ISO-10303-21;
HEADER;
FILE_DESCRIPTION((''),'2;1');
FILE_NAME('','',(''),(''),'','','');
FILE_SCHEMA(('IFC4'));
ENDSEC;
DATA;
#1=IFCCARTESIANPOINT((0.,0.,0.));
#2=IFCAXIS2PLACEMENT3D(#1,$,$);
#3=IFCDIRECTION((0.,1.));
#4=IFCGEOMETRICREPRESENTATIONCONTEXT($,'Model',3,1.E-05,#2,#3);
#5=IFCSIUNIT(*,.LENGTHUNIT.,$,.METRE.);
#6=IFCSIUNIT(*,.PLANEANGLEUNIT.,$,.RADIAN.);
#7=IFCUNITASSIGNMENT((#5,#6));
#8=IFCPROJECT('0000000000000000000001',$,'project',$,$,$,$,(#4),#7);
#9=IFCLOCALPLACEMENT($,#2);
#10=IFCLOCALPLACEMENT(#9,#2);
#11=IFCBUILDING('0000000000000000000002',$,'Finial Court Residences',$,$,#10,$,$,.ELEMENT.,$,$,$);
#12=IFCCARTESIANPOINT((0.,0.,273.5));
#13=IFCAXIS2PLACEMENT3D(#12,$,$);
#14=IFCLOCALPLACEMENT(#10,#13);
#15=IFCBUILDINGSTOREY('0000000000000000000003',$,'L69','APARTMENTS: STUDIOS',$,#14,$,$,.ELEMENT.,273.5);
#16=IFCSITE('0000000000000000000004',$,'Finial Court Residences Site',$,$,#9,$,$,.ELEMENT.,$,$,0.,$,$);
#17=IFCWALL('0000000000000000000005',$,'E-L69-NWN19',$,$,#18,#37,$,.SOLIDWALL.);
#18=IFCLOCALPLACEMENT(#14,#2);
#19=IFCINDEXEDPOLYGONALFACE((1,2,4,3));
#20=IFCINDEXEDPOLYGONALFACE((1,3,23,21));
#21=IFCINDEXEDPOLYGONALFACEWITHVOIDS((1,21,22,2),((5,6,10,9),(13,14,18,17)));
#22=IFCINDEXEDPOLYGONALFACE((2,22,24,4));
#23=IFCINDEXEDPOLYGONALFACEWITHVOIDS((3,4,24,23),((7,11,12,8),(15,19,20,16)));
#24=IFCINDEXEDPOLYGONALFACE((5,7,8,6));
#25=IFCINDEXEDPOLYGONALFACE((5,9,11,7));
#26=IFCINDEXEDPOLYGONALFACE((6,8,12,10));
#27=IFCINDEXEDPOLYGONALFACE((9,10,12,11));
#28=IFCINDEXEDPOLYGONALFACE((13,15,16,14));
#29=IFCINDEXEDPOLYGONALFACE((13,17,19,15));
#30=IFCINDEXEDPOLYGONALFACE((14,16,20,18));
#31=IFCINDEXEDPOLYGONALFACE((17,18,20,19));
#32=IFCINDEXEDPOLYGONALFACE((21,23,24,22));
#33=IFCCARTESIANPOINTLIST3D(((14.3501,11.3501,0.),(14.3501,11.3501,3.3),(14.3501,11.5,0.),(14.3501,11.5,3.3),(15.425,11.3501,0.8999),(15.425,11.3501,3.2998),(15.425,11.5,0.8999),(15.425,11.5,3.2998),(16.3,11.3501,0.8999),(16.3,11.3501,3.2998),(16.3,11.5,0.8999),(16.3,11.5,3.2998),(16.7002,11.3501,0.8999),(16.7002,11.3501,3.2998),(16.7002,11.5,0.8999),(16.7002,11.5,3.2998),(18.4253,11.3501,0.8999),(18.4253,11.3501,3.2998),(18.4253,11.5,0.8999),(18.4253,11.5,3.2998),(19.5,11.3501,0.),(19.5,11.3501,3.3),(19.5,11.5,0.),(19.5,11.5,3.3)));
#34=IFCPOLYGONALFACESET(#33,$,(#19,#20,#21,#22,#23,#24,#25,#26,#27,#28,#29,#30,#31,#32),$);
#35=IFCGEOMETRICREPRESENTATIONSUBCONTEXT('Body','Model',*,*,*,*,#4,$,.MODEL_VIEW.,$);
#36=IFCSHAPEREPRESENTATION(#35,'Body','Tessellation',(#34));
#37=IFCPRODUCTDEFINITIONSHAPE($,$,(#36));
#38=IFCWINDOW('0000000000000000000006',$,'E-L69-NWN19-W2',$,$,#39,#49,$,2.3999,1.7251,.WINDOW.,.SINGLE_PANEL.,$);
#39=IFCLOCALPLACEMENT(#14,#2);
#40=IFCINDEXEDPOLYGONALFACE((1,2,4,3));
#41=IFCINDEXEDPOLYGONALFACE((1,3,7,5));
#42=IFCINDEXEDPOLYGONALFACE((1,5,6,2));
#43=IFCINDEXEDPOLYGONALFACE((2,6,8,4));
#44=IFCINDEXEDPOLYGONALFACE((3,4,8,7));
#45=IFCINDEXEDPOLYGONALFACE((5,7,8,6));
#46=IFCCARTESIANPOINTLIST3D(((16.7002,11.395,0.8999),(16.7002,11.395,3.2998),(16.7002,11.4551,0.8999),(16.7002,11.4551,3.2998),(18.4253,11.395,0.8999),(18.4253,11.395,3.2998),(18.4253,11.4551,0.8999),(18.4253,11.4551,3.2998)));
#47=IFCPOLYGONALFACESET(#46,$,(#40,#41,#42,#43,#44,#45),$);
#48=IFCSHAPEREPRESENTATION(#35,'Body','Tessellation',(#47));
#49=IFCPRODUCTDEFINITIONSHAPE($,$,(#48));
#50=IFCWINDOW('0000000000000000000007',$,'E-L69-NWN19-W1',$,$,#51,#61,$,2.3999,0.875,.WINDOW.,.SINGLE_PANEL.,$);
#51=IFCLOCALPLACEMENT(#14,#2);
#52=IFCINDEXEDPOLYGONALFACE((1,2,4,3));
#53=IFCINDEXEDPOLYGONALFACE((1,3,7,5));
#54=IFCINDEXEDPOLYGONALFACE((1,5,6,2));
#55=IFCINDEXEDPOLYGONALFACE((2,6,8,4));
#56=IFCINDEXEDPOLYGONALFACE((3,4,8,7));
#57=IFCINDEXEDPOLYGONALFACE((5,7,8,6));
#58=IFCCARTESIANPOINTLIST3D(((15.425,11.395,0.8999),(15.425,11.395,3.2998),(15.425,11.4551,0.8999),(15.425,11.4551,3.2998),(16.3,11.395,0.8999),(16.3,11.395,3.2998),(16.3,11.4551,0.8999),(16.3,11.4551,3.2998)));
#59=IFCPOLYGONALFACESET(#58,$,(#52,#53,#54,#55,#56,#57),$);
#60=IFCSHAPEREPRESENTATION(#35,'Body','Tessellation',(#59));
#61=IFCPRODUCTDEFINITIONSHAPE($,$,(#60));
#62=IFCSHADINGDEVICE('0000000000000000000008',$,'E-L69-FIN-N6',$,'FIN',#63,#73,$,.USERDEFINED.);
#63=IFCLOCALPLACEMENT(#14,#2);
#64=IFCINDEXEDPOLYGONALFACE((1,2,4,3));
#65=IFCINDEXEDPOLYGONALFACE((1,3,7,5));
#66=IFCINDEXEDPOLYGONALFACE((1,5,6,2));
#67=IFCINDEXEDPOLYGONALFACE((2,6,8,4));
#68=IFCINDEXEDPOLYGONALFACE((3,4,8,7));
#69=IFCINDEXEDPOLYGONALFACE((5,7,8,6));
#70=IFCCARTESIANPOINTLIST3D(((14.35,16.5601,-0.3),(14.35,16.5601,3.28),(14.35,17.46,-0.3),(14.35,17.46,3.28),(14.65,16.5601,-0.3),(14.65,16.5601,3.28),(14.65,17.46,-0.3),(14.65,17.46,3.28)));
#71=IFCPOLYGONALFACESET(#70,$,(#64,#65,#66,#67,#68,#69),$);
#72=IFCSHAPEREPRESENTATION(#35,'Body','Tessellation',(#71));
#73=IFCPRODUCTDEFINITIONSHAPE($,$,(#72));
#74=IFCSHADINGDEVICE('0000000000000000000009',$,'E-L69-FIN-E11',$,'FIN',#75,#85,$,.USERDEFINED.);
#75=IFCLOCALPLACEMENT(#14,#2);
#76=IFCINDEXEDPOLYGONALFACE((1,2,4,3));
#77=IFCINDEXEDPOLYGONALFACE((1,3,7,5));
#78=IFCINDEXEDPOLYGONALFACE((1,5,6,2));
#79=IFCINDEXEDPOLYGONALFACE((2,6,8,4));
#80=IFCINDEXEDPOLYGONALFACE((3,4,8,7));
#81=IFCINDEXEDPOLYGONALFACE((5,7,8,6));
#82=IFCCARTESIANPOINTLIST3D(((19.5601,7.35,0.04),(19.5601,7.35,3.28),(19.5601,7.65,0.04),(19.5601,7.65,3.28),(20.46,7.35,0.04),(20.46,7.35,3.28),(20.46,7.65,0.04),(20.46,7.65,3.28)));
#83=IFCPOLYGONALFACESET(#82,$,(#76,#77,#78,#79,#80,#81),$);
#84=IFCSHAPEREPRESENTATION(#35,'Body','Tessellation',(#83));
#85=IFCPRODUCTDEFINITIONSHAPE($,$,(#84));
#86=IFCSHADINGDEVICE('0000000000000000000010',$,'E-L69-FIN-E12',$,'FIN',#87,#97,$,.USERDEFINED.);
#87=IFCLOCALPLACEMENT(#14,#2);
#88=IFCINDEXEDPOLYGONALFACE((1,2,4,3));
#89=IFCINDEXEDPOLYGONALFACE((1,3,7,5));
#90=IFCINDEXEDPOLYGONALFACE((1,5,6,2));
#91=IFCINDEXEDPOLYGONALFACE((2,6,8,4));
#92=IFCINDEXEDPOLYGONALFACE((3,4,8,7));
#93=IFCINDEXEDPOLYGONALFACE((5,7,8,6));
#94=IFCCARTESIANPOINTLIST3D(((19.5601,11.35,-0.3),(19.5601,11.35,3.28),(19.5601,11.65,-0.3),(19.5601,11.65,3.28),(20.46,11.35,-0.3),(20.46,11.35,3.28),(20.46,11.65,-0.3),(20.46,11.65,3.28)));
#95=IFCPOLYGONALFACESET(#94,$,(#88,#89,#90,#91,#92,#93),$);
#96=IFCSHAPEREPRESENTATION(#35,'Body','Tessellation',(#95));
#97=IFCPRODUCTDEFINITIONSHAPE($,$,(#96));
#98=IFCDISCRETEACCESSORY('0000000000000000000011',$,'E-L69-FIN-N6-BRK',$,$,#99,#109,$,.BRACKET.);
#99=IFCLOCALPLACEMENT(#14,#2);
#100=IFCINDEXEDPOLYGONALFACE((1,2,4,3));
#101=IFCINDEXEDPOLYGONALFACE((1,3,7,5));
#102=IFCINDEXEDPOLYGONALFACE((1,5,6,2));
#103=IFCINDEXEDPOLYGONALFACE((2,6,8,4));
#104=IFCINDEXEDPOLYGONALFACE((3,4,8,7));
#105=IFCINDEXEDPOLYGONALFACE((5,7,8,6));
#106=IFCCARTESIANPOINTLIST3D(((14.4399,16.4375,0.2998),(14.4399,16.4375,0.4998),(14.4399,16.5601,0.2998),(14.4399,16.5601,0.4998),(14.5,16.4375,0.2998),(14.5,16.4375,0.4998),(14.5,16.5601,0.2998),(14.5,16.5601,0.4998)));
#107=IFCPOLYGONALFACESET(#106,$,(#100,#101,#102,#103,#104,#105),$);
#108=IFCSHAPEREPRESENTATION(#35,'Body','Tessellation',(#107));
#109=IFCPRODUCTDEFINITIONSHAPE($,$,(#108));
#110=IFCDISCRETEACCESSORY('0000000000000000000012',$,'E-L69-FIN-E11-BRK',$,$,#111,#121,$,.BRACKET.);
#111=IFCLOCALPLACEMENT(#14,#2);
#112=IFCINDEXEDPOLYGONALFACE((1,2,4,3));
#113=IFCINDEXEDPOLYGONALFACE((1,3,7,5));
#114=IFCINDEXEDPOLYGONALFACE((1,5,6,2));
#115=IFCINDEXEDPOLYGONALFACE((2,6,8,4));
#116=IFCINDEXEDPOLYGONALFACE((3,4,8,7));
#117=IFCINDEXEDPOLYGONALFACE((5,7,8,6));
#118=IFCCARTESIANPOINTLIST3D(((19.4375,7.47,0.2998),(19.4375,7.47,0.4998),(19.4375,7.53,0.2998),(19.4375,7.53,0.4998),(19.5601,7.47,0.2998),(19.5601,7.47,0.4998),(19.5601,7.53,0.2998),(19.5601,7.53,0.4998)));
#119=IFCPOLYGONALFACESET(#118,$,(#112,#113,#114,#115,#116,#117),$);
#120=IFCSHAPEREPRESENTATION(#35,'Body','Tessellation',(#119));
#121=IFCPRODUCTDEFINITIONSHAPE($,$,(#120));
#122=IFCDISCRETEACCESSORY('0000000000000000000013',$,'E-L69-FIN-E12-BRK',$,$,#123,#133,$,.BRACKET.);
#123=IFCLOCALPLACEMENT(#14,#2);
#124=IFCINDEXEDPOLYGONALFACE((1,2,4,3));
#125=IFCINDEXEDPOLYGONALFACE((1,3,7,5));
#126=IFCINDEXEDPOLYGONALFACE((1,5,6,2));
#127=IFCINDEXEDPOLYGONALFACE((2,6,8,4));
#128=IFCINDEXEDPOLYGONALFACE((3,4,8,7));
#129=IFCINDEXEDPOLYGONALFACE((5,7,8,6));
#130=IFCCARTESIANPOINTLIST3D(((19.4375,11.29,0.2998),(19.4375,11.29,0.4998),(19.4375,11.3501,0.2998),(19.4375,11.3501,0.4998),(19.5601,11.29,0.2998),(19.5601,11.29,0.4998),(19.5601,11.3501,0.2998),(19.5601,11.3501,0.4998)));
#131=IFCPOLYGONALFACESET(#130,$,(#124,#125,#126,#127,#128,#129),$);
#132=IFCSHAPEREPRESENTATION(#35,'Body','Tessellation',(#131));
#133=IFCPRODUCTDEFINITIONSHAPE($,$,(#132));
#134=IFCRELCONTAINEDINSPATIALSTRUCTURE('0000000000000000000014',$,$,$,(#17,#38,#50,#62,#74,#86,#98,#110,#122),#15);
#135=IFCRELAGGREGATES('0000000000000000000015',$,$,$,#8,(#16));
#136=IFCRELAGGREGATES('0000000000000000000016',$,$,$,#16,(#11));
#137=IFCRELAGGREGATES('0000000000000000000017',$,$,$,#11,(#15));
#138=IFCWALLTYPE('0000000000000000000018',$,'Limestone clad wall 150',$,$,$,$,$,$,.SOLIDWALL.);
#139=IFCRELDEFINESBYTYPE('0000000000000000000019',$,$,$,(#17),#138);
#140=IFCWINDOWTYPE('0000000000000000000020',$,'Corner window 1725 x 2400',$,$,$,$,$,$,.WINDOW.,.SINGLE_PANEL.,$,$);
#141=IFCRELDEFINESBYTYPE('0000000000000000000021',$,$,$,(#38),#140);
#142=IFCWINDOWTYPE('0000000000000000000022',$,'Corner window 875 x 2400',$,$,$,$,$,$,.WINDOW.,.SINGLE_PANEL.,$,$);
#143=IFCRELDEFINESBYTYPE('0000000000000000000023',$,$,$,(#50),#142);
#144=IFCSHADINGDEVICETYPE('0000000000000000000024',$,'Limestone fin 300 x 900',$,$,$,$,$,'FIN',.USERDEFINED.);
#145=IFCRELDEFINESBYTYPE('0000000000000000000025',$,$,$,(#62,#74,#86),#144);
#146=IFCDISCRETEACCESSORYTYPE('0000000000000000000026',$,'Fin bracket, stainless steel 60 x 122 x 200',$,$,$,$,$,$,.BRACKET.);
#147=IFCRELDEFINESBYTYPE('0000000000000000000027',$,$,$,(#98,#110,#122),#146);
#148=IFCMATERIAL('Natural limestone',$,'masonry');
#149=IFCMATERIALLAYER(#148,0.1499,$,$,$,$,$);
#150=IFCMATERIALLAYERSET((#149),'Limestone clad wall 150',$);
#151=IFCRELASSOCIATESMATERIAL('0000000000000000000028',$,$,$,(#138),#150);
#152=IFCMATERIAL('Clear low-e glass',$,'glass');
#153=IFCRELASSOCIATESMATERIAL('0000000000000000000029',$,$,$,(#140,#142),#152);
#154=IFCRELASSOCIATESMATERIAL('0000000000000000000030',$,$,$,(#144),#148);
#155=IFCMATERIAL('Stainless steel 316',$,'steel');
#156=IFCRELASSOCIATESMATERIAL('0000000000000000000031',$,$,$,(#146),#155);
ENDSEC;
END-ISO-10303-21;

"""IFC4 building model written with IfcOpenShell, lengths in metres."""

from ifc_helpers import new_model, si_unit, direction, frame, frame_2d, origin, origin_2d, place, context, subcontext, project, spatial, rectangle, extrude, material, layer, layer_set, type_object, element, fill, save


model = new_model("IFC4")

# Units and contexts
model_context = context("Model", 3, precision=1e-05, world=origin(), true_north=direction((0.0, 1.0)))
body_context = subcontext(model_context, "Body", "Model", "MODEL_VIEW")
ifc_project = project(units=[si_unit("LENGTHUNIT", "METRE"), si_unit("PLANEANGLEUNIT", "RADIAN")], contexts=[model_context])

# Site, building, storey
site_placement = place(None, origin())
site = spatial("IfcSite", under=ifc_project, at=site_placement, Name="Finial Court Residences Site", CompositionType="ELEMENT", RefElevation=0.0)
building_placement = place(site_placement, origin())
building = spatial("IfcBuilding", under=site, at=building_placement, Name="Finial Court Residences", CompositionType="ELEMENT")
storey_placement = place(building_placement, frame((0.0, 0.0, 273.5)))
storey = spatial("IfcBuildingStorey", under=building, at=storey_placement, Name="L69", Description="APARTMENTS: STUDIOS", CompositionType="ELEMENT", Elevation=273.5)

# Shared definitions
ifc_material_1 = material(Name="Clear low-e glass", Category="glass")

# Shared definitions
ifc_material_2 = material(Name="Natural limestone", Category="masonry")
ifc_layer_1 = layer(ifc_material_2, 0.1499)
ifc_layer_set_1 = layer_set([ifc_layer_1], Name="Limestone clad wall 150")
wall_type = type_object("IfcWallType", Name="Limestone clad wall 150", PredefinedType="SOLIDWALL", material=ifc_layer_set_1)

# Wall, openings, windows
wall_1_placement = place(storey_placement, frame((14.3501, 11.425, 0.0), z_axis=(0.0, 0.0, 1.0), x_axis=(1.0, 0.0, 0.0)))
wall_1 = element("IfcWall", 1, at=wall_1_placement, inside=storey, type_object=wall_type, Name="E-L69-NWN19", PredefinedType="SOLIDWALL", context=body_context, shape_type="SweptSolid", body=[
    extrude(rectangle(XDim=5.1499, YDim=0.1499, at=frame_2d((2.575, 0.0))), origin(), (0.0, 0.0, 1.0), 3.3),
])
opening_1_placement = place(wall_1_placement, frame((1.075, 0.0, 0.8999)))
opening_1 = element("IfcOpeningElement", 2, at=opening_1_placement, cuts=wall_1, PredefinedType="OPENING", context=body_context, shape_type="SweptSolid", body=[
    extrude(rectangle(XDim=0.875, YDim=2.3999, at=frame_2d((0.4375, 1.2))), frame((0.0, 0.085, 0.0), z_axis=(0.0, -1.0, 0.0), x_axis=(1.0, 0.0, 0.0)), (0.0, 0.0, 1.0), 0.1699),
])
opening_2_placement = place(wall_1_placement, frame((2.3501, 0.0, 0.8999)))
opening_2 = element("IfcOpeningElement", 3, at=opening_2_placement, cuts=wall_1, PredefinedType="OPENING", context=body_context, shape_type="SweptSolid", body=[
    extrude(rectangle(XDim=1.7251, YDim=2.3999, at=frame_2d((0.8625, 1.2))), frame((0.0, 0.085, 0.0), z_axis=(0.0, -1.0, 0.0), x_axis=(1.0, 0.0, 0.0)), (0.0, 0.0, 1.0), 0.1699),
])
window_type_1 = type_object("IfcWindowType", Name="Corner window 1725 x 2400", PartitioningType="SINGLE_PANEL", PredefinedType="WINDOW", material=ifc_material_1)
window_1_placement = place(opening_2_placement, origin())
window_1 = element("IfcWindow", 4, at=window_1_placement, inside=storey, type_object=window_type_1, Name="E-L69-NWN19-W2", OverallHeight=2.3999, OverallWidth=1.7251, PartitioningType="SINGLE_PANEL", PredefinedType="WINDOW", context=body_context, shape_type="SweptSolid", body=[
    extrude(rectangle(XDim=1.7251, YDim=2.3999, at=frame_2d((0.8625, 1.2))), frame((0.0, 0.03, 0.0), z_axis=(0.0, -1.0, 0.0), x_axis=(1.0, 0.0, 0.0)), (0.0, 0.0, 1.0), 0.0601),
])
fill(opening_2, window_1)
window_type_2 = type_object("IfcWindowType", Name="Corner window 875 x 2400", PartitioningType="SINGLE_PANEL", PredefinedType="WINDOW", material=ifc_material_1)
window_2_placement = place(opening_1_placement, origin())
window_2 = element("IfcWindow", 5, at=window_2_placement, inside=storey, type_object=window_type_2, Name="E-L69-NWN19-W1", OverallHeight=2.3999, OverallWidth=0.875, PartitioningType="SINGLE_PANEL", PredefinedType="WINDOW", context=body_context, shape_type="SweptSolid", body=[
    extrude(rectangle(XDim=0.875, YDim=2.3999, at=frame_2d((0.4375, 1.2))), frame((0.0, 0.03, 0.0), z_axis=(0.0, -1.0, 0.0), x_axis=(1.0, 0.0, 0.0)), (0.0, 0.0, 1.0), 0.0601),
])
fill(opening_1, window_2)

# Shading devices
shading_device_type = type_object("IfcShadingDeviceType", Name="Limestone fin 300 x 900", ElementType="FIN", PredefinedType="USERDEFINED", material=ifc_material_2)
shading_device_1_placement = place(storey_placement, frame((14.5, 17.01, -0.3), z_axis=(0.0, 0.0, 1.0), x_axis=(1.0, 0.0, 0.0)))
element("IfcShadingDevice", 6, at=shading_device_1_placement, inside=storey, type_object=shading_device_type, Name="E-L69-FIN-N6", ObjectType="FIN", PredefinedType="USERDEFINED", context=body_context, shape_type="SweptSolid", body=[
    extrude(rectangle(XDim=0.3, YDim=0.8999, at=origin_2d()), origin(), (0.0, 0.0, 1.0), 3.5801),
])
shading_device_2_placement = place(storey_placement, frame((20.01, 7.5, 0.04), z_axis=(0.0, 0.0, 1.0), x_axis=(1.0, 0.0, 0.0)))
element("IfcShadingDevice", 7, at=shading_device_2_placement, inside=storey, type_object=shading_device_type, Name="E-L69-FIN-E11", ObjectType="FIN", PredefinedType="USERDEFINED", context=body_context, shape_type="SweptSolid", body=[
    extrude(rectangle(XDim=0.8999, YDim=0.3, at=origin_2d()), origin(), (0.0, 0.0, 1.0), 3.24),
])
shading_device_3_placement = place(storey_placement, frame((20.01, 11.5, -0.3), z_axis=(0.0, 0.0, 1.0), x_axis=(1.0, 0.0, 0.0)))
element("IfcShadingDevice", 8, at=shading_device_3_placement, inside=storey, type_object=shading_device_type, Name="E-L69-FIN-E12", ObjectType="FIN", PredefinedType="USERDEFINED", context=body_context, shape_type="SweptSolid", body=[
    extrude(rectangle(XDim=0.8999, YDim=0.3, at=origin_2d()), origin(), (0.0, 0.0, 1.0), 3.5801),
])

# Discrete accessories
ifc_material_3 = material(Name="Stainless steel 316", Category="steel")
discrete_accessory_type = type_object("IfcDiscreteAccessoryType", Name="Fin bracket, stainless steel 60 x 122 x 200", PredefinedType="BRACKET", material=ifc_material_3)
discrete_accessory_placement = place(storey_placement, frame((14.47, 16.4988, 0.2998), z_axis=(0.0, 0.0, 1.0), x_axis=(1.0, 0.0, 0.0)))
element("IfcDiscreteAccessory", 9, at=discrete_accessory_placement, inside=storey, type_object=discrete_accessory_type, Name="E-L69-FIN-N6-BRK", PredefinedType="BRACKET", context=body_context, shape_type="SweptSolid", body=[
    extrude(rectangle(XDim=0.0601, YDim=0.1226, at=origin_2d()), origin(), (0.0, 0.0, 1.0), 0.2),
])
for number, where, z_axis, x_axis, name in (
    (10, (19.4988, 7.5, 0.2998), (0.0, 0.0, 1.0), (1.0, 0.0, 0.0), "E-L69-FIN-E11-BRK"),
    (11, (19.4988, 11.3201, 0.2998), (0.0, 0.0, 1.0), (1.0, 0.0, 0.0), "E-L69-FIN-E12-BRK"),
):
    element("IfcDiscreteAccessory", number, at=place(storey_placement, frame(where, z_axis=z_axis, x_axis=x_axis)), inside=storey, type_object=discrete_accessory_type, Name=name, PredefinedType="BRACKET", context=body_context, shape_type="SweptSolid", body=[
        extrude(rectangle(XDim=0.1226, YDim=0.0601, at=origin_2d()), origin(), (0.0, 0.0, 1.0), 0.2),
    ])

save(model, "model.ifc")
